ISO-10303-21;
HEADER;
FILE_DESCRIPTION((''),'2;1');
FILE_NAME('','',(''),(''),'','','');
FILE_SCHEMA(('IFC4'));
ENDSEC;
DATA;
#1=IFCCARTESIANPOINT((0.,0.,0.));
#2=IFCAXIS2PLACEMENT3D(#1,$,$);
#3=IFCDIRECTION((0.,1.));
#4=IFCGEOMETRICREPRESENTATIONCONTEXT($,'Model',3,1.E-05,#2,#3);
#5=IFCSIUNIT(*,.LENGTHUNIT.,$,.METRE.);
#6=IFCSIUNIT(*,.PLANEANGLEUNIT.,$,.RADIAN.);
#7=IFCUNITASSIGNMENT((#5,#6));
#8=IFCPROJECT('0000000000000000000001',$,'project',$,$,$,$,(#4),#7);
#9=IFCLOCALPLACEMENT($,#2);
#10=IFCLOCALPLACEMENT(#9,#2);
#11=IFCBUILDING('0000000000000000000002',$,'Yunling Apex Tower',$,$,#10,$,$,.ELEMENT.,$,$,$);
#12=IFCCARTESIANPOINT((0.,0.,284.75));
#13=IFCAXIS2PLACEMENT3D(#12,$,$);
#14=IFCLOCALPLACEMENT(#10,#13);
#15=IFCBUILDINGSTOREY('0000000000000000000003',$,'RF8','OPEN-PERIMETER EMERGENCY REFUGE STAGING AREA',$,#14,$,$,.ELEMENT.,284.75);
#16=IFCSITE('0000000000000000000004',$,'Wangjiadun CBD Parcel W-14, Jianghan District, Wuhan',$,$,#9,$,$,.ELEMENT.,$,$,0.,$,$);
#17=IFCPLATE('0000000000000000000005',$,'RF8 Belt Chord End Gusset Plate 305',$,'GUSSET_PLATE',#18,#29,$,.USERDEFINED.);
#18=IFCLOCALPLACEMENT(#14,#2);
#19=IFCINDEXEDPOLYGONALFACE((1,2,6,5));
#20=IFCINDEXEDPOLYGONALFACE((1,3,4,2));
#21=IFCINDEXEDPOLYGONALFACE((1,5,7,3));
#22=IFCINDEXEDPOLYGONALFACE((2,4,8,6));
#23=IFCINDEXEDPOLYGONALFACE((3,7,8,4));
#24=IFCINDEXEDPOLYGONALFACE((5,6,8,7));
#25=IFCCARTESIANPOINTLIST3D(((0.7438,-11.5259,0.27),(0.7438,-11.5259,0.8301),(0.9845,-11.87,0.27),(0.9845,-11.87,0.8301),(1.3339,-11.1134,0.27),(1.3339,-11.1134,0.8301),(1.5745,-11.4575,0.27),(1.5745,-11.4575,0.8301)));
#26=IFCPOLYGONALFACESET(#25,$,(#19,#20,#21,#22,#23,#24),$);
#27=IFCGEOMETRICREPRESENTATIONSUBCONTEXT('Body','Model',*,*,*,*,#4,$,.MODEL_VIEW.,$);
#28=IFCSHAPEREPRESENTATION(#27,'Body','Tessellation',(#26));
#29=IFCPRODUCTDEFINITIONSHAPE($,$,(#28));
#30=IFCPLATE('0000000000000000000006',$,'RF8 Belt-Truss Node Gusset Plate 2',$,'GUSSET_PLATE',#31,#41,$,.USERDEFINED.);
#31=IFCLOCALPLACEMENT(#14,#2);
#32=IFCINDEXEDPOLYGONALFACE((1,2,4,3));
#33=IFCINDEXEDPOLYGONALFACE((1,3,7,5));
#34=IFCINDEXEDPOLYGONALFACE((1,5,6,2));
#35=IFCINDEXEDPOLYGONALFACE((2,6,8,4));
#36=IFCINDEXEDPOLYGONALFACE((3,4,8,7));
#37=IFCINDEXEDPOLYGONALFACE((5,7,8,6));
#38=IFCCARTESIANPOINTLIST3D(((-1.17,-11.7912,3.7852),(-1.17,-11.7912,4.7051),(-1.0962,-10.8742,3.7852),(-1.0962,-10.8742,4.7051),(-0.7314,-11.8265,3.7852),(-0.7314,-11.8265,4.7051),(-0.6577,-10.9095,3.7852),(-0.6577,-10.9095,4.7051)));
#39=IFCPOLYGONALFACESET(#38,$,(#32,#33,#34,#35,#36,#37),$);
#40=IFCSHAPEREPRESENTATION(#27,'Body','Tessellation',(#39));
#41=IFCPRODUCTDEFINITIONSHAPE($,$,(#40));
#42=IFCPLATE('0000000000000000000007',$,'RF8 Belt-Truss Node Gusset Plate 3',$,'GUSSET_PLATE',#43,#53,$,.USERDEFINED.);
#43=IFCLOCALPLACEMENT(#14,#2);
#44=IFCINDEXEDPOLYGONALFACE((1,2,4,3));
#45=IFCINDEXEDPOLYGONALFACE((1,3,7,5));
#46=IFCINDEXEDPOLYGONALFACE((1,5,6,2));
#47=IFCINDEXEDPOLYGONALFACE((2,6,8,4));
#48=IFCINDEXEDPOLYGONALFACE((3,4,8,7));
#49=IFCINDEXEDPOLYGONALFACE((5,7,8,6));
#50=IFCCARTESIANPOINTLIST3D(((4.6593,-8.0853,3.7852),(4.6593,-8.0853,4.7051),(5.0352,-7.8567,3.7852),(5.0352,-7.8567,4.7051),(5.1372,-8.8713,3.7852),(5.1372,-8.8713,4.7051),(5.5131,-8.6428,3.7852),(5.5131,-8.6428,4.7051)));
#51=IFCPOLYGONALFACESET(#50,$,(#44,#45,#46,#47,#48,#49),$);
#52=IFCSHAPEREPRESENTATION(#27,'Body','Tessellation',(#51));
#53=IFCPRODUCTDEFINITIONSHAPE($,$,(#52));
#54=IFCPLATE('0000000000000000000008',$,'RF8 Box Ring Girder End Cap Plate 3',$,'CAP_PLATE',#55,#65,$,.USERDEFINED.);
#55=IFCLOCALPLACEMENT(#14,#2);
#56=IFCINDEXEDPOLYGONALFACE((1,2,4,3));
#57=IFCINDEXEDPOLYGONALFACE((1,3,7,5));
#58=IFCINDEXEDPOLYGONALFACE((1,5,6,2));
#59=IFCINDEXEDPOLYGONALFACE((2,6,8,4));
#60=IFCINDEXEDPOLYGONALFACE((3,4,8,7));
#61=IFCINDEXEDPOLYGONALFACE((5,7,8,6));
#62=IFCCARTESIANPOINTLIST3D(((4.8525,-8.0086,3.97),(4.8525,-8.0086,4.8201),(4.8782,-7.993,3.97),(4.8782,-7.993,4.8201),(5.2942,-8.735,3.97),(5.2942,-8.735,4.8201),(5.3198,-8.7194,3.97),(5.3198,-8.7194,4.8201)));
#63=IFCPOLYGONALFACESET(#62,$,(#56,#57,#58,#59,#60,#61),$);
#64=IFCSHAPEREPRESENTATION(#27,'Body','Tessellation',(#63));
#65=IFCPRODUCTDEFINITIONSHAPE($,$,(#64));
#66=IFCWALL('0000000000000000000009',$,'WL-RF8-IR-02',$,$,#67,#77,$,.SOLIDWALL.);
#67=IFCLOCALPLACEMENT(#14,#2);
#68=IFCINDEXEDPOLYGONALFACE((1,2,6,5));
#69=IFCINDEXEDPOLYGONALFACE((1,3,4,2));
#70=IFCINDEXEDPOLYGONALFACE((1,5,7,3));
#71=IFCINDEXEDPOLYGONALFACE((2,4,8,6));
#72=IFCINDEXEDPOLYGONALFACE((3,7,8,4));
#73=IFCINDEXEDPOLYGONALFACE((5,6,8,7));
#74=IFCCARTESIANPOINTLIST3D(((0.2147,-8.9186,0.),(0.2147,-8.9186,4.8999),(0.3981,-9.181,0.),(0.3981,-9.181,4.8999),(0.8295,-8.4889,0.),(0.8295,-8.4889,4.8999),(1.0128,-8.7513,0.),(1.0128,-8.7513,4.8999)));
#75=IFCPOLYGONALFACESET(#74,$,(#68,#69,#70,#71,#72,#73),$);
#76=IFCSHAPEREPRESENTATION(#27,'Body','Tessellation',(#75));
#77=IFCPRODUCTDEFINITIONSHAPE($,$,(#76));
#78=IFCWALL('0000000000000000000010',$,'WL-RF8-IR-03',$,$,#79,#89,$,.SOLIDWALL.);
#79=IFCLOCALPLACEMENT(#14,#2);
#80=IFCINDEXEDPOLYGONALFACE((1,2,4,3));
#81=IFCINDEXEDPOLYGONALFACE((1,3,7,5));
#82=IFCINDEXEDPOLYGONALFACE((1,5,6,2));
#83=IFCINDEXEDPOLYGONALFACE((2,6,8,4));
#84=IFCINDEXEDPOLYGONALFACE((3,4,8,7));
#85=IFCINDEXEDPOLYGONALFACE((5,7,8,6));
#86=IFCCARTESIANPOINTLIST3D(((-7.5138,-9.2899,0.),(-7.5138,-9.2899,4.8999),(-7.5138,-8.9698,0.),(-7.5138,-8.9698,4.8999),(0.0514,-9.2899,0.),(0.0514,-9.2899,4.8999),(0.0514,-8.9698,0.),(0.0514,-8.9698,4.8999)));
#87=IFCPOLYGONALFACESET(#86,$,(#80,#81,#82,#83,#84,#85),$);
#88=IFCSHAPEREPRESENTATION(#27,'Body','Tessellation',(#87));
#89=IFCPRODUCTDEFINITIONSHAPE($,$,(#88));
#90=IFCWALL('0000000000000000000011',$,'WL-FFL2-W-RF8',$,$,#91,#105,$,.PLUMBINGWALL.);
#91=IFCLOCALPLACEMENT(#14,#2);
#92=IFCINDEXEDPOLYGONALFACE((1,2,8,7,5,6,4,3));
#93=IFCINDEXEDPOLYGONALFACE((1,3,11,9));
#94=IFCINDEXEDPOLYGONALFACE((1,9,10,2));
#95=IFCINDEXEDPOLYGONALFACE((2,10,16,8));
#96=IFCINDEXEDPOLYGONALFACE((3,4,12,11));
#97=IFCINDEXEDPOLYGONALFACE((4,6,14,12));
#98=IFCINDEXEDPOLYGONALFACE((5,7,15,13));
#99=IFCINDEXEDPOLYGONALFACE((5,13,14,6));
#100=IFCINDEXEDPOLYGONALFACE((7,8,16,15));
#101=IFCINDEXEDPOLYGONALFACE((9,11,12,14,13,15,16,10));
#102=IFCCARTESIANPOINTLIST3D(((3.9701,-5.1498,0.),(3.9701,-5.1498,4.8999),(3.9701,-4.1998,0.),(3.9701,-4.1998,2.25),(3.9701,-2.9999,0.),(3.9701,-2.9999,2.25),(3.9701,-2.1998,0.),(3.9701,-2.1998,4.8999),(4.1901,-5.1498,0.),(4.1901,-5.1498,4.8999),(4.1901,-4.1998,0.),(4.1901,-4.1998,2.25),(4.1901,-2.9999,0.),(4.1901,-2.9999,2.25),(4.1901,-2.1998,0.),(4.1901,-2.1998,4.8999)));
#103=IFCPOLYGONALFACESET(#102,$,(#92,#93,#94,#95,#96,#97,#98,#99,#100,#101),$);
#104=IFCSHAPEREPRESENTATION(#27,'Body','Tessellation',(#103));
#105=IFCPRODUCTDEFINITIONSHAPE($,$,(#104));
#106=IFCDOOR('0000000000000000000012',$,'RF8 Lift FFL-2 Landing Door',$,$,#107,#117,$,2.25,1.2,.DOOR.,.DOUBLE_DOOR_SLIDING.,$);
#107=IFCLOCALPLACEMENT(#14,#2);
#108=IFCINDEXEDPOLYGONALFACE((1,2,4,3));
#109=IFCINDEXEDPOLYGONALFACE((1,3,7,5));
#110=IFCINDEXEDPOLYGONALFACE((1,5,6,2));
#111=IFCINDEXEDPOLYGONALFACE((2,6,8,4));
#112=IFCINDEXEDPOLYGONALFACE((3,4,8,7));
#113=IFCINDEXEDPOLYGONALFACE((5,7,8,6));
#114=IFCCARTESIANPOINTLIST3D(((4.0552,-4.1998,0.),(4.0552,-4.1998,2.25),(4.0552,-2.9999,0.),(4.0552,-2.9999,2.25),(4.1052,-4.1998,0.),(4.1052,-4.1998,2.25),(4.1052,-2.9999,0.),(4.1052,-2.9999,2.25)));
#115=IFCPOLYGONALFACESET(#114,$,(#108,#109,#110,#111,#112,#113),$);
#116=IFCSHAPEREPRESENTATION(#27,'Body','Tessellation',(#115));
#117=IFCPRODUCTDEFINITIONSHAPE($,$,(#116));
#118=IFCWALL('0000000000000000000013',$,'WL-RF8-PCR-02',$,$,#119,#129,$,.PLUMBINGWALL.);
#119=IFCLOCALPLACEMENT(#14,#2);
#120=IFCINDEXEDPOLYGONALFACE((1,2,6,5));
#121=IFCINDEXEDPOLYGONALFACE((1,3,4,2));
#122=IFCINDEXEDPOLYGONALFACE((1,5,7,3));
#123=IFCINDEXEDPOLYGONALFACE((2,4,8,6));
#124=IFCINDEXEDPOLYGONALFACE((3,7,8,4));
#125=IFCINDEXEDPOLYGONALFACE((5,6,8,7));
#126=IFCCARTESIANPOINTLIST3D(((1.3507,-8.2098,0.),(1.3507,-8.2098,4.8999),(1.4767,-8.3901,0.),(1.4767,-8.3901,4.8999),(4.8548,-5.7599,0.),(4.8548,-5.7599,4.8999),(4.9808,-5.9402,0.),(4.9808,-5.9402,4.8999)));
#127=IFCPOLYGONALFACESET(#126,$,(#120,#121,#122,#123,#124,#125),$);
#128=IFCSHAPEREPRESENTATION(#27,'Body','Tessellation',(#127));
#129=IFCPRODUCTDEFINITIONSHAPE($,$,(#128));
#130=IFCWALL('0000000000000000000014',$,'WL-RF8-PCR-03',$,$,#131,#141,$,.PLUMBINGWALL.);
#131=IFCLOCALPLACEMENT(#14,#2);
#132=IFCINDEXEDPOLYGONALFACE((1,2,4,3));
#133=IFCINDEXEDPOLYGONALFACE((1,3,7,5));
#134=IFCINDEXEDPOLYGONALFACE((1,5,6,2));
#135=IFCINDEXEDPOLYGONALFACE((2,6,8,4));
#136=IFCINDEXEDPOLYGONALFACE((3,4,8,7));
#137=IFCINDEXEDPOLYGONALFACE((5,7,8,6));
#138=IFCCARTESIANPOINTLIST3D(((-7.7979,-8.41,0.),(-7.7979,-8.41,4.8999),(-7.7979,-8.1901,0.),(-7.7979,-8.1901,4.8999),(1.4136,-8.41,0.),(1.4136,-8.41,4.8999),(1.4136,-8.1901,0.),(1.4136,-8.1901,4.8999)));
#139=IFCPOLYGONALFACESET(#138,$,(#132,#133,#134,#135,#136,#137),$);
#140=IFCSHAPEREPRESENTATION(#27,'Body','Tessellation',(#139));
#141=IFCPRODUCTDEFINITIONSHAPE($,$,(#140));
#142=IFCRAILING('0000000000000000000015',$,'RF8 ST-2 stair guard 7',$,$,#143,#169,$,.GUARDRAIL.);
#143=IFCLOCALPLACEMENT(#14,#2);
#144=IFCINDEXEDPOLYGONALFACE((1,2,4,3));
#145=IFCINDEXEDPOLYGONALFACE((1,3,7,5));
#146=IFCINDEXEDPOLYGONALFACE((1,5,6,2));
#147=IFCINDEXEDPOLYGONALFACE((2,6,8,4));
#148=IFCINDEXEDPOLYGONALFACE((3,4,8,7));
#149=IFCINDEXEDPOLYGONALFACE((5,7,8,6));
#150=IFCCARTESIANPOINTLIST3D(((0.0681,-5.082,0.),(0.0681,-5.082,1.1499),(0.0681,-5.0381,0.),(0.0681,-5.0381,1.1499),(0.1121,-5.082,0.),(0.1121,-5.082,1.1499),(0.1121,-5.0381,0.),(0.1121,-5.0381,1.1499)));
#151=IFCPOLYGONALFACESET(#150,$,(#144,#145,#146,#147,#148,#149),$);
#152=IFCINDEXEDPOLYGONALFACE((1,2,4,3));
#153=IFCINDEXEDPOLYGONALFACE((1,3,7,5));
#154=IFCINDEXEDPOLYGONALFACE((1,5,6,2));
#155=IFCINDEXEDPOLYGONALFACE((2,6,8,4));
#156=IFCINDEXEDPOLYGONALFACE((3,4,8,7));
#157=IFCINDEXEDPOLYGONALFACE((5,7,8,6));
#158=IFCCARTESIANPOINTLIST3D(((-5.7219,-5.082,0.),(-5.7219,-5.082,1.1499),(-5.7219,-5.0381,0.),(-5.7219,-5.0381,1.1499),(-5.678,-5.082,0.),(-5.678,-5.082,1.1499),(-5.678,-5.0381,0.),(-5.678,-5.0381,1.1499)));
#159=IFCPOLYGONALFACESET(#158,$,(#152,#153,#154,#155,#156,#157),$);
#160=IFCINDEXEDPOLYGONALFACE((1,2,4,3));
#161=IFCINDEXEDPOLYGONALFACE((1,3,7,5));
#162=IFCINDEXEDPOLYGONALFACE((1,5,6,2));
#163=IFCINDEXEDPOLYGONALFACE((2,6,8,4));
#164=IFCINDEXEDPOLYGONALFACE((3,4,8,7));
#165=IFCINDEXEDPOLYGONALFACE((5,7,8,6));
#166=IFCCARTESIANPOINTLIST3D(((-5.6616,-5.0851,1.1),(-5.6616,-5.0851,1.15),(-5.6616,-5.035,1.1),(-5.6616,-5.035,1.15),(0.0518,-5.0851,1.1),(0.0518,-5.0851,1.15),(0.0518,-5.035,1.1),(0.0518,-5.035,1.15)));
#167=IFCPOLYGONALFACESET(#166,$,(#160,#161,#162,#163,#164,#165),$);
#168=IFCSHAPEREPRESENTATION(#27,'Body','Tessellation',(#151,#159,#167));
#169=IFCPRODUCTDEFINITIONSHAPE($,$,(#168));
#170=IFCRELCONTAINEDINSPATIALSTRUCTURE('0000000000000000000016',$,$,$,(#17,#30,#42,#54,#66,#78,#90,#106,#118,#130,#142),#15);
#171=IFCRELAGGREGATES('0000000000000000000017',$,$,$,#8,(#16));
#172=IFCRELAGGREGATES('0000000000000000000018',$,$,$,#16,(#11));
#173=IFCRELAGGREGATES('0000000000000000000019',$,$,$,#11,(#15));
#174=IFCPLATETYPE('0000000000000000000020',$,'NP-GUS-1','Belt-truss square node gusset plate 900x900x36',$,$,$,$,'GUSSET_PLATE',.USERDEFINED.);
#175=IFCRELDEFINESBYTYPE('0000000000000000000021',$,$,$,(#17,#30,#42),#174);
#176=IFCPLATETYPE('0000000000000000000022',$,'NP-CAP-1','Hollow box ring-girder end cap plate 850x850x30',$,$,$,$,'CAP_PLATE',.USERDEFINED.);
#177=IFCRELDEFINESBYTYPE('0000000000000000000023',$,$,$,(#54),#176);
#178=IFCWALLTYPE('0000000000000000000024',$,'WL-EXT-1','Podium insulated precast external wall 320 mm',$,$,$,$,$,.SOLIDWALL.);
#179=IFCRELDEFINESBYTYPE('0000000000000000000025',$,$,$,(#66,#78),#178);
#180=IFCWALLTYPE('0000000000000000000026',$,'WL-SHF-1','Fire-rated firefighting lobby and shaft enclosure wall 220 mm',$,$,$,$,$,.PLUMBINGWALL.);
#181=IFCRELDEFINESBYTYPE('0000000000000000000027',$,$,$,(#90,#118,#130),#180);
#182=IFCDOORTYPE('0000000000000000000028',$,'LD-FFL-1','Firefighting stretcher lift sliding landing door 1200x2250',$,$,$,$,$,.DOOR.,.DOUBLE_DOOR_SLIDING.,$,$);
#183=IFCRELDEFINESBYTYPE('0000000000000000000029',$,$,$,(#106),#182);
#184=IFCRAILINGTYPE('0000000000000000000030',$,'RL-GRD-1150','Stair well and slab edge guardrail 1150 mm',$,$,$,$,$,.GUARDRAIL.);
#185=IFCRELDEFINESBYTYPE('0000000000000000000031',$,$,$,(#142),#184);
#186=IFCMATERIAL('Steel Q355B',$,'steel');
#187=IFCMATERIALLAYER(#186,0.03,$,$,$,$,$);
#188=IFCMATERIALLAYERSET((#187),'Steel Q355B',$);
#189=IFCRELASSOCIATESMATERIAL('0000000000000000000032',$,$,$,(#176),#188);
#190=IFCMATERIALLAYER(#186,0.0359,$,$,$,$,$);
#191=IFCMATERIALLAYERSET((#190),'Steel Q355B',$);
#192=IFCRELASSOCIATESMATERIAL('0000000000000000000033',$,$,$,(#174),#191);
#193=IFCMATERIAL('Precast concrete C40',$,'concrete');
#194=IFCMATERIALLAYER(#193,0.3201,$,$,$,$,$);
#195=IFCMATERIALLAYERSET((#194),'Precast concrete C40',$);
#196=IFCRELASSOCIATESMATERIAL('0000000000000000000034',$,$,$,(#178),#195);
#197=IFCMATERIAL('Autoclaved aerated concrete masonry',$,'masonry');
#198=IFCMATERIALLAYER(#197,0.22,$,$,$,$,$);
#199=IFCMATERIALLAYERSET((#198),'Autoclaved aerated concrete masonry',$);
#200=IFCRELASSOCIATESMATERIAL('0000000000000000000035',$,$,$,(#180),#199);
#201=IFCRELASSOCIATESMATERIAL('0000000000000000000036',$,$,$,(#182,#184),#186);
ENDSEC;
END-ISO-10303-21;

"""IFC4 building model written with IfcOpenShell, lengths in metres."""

from ifc_helpers import new_model, si_unit, direction, frame, frame_2d, origin, origin_2d, place, context, subcontext, project, spatial, rectangle, extrude, source, transform, mapped, material, layer, layer_set, type_object, element, fill, save


model = new_model("IFC4")

# Units and contexts
model_context = context("Model", 3, precision=1e-05, world=origin(), true_north=direction((0.0, 1.0)))
body_context = subcontext(model_context, "Body", "Model", "MODEL_VIEW")
ifc_project = project(units=[si_unit("LENGTHUNIT", "METRE"), si_unit("PLANEANGLEUNIT", "RADIAN")], contexts=[model_context])

# Site, building, storey
site_placement = place(None, origin())
site = spatial("IfcSite", under=ifc_project, at=site_placement, Name="Wangjiadun CBD Parcel W-14, Jianghan District, Wuhan", CompositionType="ELEMENT", RefElevation=0.0)
building_placement = place(site_placement, origin())
building = spatial("IfcBuilding", under=site, at=building_placement, Name="Yunling Apex Tower", CompositionType="ELEMENT")
storey_placement = place(building_placement, frame((0.0, 0.0, 284.75)))
storey = spatial("IfcBuildingStorey", under=building, at=storey_placement, Name="RF8", Description="OPEN-PERIMETER EMERGENCY REFUGE STAGING AREA", CompositionType="ELEMENT", Elevation=284.75)

# Shared definitions
ifc_material_1 = material(Name="Steel Q355B", Category="steel")

# Plates
ifc_layer_1 = layer(ifc_material_1, 0.03)
ifc_layer_set_1 = layer_set([ifc_layer_1], Name="Steel Q355B")
plate_type_1 = type_object("IfcPlateType", Name="NP-CAP-1", Description="Hollow box ring-girder end cap plate 850x850x30", ElementType="CAP_PLATE", PredefinedType="USERDEFINED", material=ifc_layer_set_1)
ifc_layer_2 = layer(ifc_material_1, 0.0359)
ifc_layer_set_2 = layer_set([ifc_layer_2], Name="Steel Q355B")
plate_type_2 = type_object("IfcPlateType", Name="NP-GUS-1", Description="Belt-truss square node gusset plate 900x900x36", ElementType="GUSSET_PLATE", PredefinedType="USERDEFINED", material=ifc_layer_set_2)
shared_shape_1 = source(origin(), body_context, "Body", "SweptSolid", [
    extrude(rectangle(XDim=0.72, YDim=0.4199, at=origin_2d()), origin(), (0.0, 0.0, 1.0), 0.5601),
])
for number, where, z_axis, x_axis, name in (
    (1, (1.1592, -11.4917, 0.27), (0.0, 0.0, 1.0), (0.819552, 0.573004, 0.0), "RF8 Belt Chord End Gusset Plate 305"),
):
    element("IfcPlate", number, at=place(storey_placement, frame(where, z_axis=z_axis, x_axis=x_axis)), inside=storey, type_object=plate_type_2, Name=name, ObjectType="GUSSET_PLATE", PredefinedType="USERDEFINED", context=body_context, shape_type="MappedRepresentation", body=[
        mapped(shared_shape_1, transform((0.0, 0.0, 0.0), scale=1.0)),
    ])
shared_shape_2 = source(origin(), body_context, "Body", "SweptSolid", [
    extrude(rectangle(XDim=0.9199, YDim=0.4399, at=origin_2d()), origin(), (0.0, 0.0, 1.0), 0.9199),
])
for number, where, z_axis, x_axis, name in (
    (2, (-0.9138, -11.3503, 3.7852), (0.0, 0.0, 1.0), (-0.080199, -0.996779, 0.0), "RF8 Belt-Truss Node Gusset Plate 2"),
    (3, (5.0862, -8.364, 3.7852), (0.0, 0.0, 1.0), (0.519519, -0.854459, 0.0), "RF8 Belt-Truss Node Gusset Plate 3"),
):
    element("IfcPlate", number, at=place(storey_placement, frame(where, z_axis=z_axis, x_axis=x_axis)), inside=storey, type_object=plate_type_2, Name=name, ObjectType="GUSSET_PLATE", PredefinedType="USERDEFINED", context=body_context, shape_type="MappedRepresentation", body=[
        mapped(shared_shape_2, transform((0.0, 0.0, 0.0), scale=1.0)),
    ])
shared_shape_3 = source(origin(), body_context, "Body", "SweptSolid", [
    extrude(rectangle(XDim=0.8501, YDim=0.03, at=origin_2d()), origin(), (0.0, 0.0, 1.0), 0.8501),
])
plate_1_placement = place(storey_placement, frame((5.0862, -8.364, 3.97), z_axis=(0.0, 0.0, 1.0), x_axis=(0.519519, -0.854459, 0.0)))
element("IfcPlate", 4, at=plate_1_placement, inside=storey, type_object=plate_type_1, Name="RF8 Box Ring Girder End Cap Plate 3", ObjectType="CAP_PLATE", PredefinedType="USERDEFINED", context=body_context, shape_type="MappedRepresentation", body=[
    mapped(shared_shape_3, transform((0.0, 0.0, 0.0), scale=1.0)),
])

# Walls
ifc_material_2 = material(Name="Precast concrete C40", Category="concrete")
ifc_layer_3 = layer(ifc_material_2, 0.3201)
ifc_layer_set_3 = layer_set([ifc_layer_3], Name="Precast concrete C40")
wall_type_1 = type_object("IfcWallType", Name="WL-EXT-1", Description="Podium insulated precast external wall 320 mm", PredefinedType="SOLIDWALL", material=ifc_layer_set_3)
wall_1_placement = place(storey_placement, frame((0.9211, -8.6201, 0.0), z_axis=(0.0, 0.0, 1.0), x_axis=(-0.819629, -0.572894, 0.0)))
element("IfcWall", 5, at=wall_1_placement, inside=storey, type_object=wall_type_1, Name="WL-RF8-IR-02", PredefinedType="SOLIDWALL", context=body_context, shape_type="SweptSolid", body=[
    extrude(rectangle(XDim=0.75, YDim=0.3201, at=frame_2d((0.375, 0.0))), origin(), (0.0, 0.0, 1.0), 4.8999),
])
wall_2_placement = place(storey_placement, frame((0.0515, -9.1299, 0.0), z_axis=(0.0, 0.0, 1.0), x_axis=(-1.0, 0.0, 0.0)))
element("IfcWall", 6, at=wall_2_placement, inside=storey, type_object=wall_type_1, Name="WL-RF8-IR-03", PredefinedType="SOLIDWALL", context=body_context, shape_type="SweptSolid", body=[
    extrude(rectangle(XDim=7.5652, YDim=0.3201, at=frame_2d((3.7827, 0.0))), origin(), (0.0, 0.0, 1.0), 4.8999),
])

# Wall, opening, door
ifc_material_3 = material(Name="Autoclaved aerated concrete masonry", Category="masonry")
ifc_layer_4 = layer(ifc_material_3, 0.22)
ifc_layer_set_4 = layer_set([ifc_layer_4], Name="Autoclaved aerated concrete masonry")
wall_type_2 = type_object("IfcWallType", Name="WL-SHF-1", Description="Fire-rated firefighting lobby and shaft enclosure wall 220 mm", PredefinedType="PLUMBINGWALL", material=ifc_layer_set_4)
wall_3_placement = place(storey_placement, frame((4.0801, -5.1499, 0.0), z_axis=(0.0, 0.0, 1.0), x_axis=(0.0, 1.0, 0.0)))
wall_3 = element("IfcWall", 7, at=wall_3_placement, inside=storey, type_object=wall_type_2, Name="WL-FFL2-W-RF8", PredefinedType="PLUMBINGWALL", context=body_context, shape_type="SweptSolid", body=[
    extrude(rectangle(XDim=2.95, YDim=0.22, at=frame_2d((1.4751, 0.0))), origin(), (0.0, 0.0, 1.0), 4.8999),
])
opening_placement = place(wall_3_placement, frame((0.95, 0.0, 0.0)))
opening = element("IfcOpeningElement", 8, at=opening_placement, cuts=wall_3, PredefinedType="OPENING", context=body_context, shape_type="SweptSolid", body=[
    extrude(rectangle(XDim=1.2, YDim=2.25, at=frame_2d((0.6001, 1.125))), frame((0.0, 0.1201, 0.0), z_axis=(0.0, -1.0, 0.0), x_axis=(1.0, 0.0, 0.0)), (0.0, 0.0, 1.0), 0.24),
])
door_type = type_object("IfcDoorType", Name="LD-FFL-1", Description="Firefighting stretcher lift sliding landing door 1200x2250", OperationType="DOUBLE_DOOR_SLIDING", PredefinedType="DOOR", material=ifc_material_1)
door_placement = place(opening_placement, origin())
door = element("IfcDoor", 9, at=door_placement, inside=storey, type_object=door_type, Name="RF8 Lift FFL-2 Landing Door", OperationType="DOUBLE_DOOR_SLIDING", OverallHeight=2.25, OverallWidth=1.2, PredefinedType="DOOR", context=body_context, shape_type="SweptSolid", body=[
    extrude(rectangle(XDim=1.2, YDim=2.25, at=frame_2d((0.6001, 1.125))), frame((0.0, 0.0249, 0.0), z_axis=(0.0, -1.0, 0.0), x_axis=(1.0, 0.0, 0.0)), (0.0, 0.0, 1.0), 0.05),
])
fill(opening, door)

# Walls
wall_4_placement = place(storey_placement, frame((4.9177, -5.8501, 0.0), z_axis=(0.0, 0.0, 1.0), x_axis=(-0.819556, -0.572999, 0.0)))
element("IfcWall", 10, at=wall_4_placement, inside=storey, type_object=wall_type_2, Name="WL-RF8-PCR-02", PredefinedType="PLUMBINGWALL", context=body_context, shape_type="SweptSolid", body=[
    extrude(rectangle(XDim=4.2756, YDim=0.22, at=frame_2d((2.1377, 0.0))), origin(), (0.0, 0.0, 1.0), 4.8999),
])
wall_5_placement = place(storey_placement, frame((1.4136, -8.3, 0.0), z_axis=(0.0, 0.0, 1.0), x_axis=(-1.0, 0.0, 0.0)))
element("IfcWall", 11, at=wall_5_placement, inside=storey, type_object=wall_type_2, Name="WL-RF8-PCR-03", PredefinedType="PLUMBINGWALL", context=body_context, shape_type="SweptSolid", body=[
    extrude(rectangle(XDim=9.2114, YDim=0.22, at=frame_2d((4.6057, 0.0))), origin(), (0.0, 0.0, 1.0), 4.8999),
])

# Railing
railing_type = type_object("IfcRailingType", Name="RL-GRD-1150", Description="Stair well and slab edge guardrail 1150 mm", PredefinedType="GUARDRAIL", material=ifc_material_1)
railing_placement = place(storey_placement, frame((0.0901, -5.0601, 0.0)))
element("IfcRailing", 12, at=railing_placement, inside=storey, type_object=railing_type, Name="RF8 ST-2 stair guard 7", PredefinedType="GUARDRAIL", context=body_context, shape_type="SweptSolid", body=[
    extrude(rectangle(XDim=0.0439, YDim=0.0439, at=origin_2d()), origin(), (0.0, 0.0, 1.0), 1.1499),
    extrude(rectangle(XDim=0.0439, YDim=0.0439, at=origin_2d()), frame((-5.79, 0.0, 0.0)), (0.0, 0.0, 1.0), 1.1499),
    extrude(rectangle(XDim=0.05, YDim=0.05, at=origin_2d()), frame((-0.0383, 0.0, 1.125), z_axis=(-1.0, 0.0, 0.0), x_axis=(0.0, -1.0, 0.0)), (0.0, 0.0, 1.0), 5.7134),
])

save(model, "model.ifc")
